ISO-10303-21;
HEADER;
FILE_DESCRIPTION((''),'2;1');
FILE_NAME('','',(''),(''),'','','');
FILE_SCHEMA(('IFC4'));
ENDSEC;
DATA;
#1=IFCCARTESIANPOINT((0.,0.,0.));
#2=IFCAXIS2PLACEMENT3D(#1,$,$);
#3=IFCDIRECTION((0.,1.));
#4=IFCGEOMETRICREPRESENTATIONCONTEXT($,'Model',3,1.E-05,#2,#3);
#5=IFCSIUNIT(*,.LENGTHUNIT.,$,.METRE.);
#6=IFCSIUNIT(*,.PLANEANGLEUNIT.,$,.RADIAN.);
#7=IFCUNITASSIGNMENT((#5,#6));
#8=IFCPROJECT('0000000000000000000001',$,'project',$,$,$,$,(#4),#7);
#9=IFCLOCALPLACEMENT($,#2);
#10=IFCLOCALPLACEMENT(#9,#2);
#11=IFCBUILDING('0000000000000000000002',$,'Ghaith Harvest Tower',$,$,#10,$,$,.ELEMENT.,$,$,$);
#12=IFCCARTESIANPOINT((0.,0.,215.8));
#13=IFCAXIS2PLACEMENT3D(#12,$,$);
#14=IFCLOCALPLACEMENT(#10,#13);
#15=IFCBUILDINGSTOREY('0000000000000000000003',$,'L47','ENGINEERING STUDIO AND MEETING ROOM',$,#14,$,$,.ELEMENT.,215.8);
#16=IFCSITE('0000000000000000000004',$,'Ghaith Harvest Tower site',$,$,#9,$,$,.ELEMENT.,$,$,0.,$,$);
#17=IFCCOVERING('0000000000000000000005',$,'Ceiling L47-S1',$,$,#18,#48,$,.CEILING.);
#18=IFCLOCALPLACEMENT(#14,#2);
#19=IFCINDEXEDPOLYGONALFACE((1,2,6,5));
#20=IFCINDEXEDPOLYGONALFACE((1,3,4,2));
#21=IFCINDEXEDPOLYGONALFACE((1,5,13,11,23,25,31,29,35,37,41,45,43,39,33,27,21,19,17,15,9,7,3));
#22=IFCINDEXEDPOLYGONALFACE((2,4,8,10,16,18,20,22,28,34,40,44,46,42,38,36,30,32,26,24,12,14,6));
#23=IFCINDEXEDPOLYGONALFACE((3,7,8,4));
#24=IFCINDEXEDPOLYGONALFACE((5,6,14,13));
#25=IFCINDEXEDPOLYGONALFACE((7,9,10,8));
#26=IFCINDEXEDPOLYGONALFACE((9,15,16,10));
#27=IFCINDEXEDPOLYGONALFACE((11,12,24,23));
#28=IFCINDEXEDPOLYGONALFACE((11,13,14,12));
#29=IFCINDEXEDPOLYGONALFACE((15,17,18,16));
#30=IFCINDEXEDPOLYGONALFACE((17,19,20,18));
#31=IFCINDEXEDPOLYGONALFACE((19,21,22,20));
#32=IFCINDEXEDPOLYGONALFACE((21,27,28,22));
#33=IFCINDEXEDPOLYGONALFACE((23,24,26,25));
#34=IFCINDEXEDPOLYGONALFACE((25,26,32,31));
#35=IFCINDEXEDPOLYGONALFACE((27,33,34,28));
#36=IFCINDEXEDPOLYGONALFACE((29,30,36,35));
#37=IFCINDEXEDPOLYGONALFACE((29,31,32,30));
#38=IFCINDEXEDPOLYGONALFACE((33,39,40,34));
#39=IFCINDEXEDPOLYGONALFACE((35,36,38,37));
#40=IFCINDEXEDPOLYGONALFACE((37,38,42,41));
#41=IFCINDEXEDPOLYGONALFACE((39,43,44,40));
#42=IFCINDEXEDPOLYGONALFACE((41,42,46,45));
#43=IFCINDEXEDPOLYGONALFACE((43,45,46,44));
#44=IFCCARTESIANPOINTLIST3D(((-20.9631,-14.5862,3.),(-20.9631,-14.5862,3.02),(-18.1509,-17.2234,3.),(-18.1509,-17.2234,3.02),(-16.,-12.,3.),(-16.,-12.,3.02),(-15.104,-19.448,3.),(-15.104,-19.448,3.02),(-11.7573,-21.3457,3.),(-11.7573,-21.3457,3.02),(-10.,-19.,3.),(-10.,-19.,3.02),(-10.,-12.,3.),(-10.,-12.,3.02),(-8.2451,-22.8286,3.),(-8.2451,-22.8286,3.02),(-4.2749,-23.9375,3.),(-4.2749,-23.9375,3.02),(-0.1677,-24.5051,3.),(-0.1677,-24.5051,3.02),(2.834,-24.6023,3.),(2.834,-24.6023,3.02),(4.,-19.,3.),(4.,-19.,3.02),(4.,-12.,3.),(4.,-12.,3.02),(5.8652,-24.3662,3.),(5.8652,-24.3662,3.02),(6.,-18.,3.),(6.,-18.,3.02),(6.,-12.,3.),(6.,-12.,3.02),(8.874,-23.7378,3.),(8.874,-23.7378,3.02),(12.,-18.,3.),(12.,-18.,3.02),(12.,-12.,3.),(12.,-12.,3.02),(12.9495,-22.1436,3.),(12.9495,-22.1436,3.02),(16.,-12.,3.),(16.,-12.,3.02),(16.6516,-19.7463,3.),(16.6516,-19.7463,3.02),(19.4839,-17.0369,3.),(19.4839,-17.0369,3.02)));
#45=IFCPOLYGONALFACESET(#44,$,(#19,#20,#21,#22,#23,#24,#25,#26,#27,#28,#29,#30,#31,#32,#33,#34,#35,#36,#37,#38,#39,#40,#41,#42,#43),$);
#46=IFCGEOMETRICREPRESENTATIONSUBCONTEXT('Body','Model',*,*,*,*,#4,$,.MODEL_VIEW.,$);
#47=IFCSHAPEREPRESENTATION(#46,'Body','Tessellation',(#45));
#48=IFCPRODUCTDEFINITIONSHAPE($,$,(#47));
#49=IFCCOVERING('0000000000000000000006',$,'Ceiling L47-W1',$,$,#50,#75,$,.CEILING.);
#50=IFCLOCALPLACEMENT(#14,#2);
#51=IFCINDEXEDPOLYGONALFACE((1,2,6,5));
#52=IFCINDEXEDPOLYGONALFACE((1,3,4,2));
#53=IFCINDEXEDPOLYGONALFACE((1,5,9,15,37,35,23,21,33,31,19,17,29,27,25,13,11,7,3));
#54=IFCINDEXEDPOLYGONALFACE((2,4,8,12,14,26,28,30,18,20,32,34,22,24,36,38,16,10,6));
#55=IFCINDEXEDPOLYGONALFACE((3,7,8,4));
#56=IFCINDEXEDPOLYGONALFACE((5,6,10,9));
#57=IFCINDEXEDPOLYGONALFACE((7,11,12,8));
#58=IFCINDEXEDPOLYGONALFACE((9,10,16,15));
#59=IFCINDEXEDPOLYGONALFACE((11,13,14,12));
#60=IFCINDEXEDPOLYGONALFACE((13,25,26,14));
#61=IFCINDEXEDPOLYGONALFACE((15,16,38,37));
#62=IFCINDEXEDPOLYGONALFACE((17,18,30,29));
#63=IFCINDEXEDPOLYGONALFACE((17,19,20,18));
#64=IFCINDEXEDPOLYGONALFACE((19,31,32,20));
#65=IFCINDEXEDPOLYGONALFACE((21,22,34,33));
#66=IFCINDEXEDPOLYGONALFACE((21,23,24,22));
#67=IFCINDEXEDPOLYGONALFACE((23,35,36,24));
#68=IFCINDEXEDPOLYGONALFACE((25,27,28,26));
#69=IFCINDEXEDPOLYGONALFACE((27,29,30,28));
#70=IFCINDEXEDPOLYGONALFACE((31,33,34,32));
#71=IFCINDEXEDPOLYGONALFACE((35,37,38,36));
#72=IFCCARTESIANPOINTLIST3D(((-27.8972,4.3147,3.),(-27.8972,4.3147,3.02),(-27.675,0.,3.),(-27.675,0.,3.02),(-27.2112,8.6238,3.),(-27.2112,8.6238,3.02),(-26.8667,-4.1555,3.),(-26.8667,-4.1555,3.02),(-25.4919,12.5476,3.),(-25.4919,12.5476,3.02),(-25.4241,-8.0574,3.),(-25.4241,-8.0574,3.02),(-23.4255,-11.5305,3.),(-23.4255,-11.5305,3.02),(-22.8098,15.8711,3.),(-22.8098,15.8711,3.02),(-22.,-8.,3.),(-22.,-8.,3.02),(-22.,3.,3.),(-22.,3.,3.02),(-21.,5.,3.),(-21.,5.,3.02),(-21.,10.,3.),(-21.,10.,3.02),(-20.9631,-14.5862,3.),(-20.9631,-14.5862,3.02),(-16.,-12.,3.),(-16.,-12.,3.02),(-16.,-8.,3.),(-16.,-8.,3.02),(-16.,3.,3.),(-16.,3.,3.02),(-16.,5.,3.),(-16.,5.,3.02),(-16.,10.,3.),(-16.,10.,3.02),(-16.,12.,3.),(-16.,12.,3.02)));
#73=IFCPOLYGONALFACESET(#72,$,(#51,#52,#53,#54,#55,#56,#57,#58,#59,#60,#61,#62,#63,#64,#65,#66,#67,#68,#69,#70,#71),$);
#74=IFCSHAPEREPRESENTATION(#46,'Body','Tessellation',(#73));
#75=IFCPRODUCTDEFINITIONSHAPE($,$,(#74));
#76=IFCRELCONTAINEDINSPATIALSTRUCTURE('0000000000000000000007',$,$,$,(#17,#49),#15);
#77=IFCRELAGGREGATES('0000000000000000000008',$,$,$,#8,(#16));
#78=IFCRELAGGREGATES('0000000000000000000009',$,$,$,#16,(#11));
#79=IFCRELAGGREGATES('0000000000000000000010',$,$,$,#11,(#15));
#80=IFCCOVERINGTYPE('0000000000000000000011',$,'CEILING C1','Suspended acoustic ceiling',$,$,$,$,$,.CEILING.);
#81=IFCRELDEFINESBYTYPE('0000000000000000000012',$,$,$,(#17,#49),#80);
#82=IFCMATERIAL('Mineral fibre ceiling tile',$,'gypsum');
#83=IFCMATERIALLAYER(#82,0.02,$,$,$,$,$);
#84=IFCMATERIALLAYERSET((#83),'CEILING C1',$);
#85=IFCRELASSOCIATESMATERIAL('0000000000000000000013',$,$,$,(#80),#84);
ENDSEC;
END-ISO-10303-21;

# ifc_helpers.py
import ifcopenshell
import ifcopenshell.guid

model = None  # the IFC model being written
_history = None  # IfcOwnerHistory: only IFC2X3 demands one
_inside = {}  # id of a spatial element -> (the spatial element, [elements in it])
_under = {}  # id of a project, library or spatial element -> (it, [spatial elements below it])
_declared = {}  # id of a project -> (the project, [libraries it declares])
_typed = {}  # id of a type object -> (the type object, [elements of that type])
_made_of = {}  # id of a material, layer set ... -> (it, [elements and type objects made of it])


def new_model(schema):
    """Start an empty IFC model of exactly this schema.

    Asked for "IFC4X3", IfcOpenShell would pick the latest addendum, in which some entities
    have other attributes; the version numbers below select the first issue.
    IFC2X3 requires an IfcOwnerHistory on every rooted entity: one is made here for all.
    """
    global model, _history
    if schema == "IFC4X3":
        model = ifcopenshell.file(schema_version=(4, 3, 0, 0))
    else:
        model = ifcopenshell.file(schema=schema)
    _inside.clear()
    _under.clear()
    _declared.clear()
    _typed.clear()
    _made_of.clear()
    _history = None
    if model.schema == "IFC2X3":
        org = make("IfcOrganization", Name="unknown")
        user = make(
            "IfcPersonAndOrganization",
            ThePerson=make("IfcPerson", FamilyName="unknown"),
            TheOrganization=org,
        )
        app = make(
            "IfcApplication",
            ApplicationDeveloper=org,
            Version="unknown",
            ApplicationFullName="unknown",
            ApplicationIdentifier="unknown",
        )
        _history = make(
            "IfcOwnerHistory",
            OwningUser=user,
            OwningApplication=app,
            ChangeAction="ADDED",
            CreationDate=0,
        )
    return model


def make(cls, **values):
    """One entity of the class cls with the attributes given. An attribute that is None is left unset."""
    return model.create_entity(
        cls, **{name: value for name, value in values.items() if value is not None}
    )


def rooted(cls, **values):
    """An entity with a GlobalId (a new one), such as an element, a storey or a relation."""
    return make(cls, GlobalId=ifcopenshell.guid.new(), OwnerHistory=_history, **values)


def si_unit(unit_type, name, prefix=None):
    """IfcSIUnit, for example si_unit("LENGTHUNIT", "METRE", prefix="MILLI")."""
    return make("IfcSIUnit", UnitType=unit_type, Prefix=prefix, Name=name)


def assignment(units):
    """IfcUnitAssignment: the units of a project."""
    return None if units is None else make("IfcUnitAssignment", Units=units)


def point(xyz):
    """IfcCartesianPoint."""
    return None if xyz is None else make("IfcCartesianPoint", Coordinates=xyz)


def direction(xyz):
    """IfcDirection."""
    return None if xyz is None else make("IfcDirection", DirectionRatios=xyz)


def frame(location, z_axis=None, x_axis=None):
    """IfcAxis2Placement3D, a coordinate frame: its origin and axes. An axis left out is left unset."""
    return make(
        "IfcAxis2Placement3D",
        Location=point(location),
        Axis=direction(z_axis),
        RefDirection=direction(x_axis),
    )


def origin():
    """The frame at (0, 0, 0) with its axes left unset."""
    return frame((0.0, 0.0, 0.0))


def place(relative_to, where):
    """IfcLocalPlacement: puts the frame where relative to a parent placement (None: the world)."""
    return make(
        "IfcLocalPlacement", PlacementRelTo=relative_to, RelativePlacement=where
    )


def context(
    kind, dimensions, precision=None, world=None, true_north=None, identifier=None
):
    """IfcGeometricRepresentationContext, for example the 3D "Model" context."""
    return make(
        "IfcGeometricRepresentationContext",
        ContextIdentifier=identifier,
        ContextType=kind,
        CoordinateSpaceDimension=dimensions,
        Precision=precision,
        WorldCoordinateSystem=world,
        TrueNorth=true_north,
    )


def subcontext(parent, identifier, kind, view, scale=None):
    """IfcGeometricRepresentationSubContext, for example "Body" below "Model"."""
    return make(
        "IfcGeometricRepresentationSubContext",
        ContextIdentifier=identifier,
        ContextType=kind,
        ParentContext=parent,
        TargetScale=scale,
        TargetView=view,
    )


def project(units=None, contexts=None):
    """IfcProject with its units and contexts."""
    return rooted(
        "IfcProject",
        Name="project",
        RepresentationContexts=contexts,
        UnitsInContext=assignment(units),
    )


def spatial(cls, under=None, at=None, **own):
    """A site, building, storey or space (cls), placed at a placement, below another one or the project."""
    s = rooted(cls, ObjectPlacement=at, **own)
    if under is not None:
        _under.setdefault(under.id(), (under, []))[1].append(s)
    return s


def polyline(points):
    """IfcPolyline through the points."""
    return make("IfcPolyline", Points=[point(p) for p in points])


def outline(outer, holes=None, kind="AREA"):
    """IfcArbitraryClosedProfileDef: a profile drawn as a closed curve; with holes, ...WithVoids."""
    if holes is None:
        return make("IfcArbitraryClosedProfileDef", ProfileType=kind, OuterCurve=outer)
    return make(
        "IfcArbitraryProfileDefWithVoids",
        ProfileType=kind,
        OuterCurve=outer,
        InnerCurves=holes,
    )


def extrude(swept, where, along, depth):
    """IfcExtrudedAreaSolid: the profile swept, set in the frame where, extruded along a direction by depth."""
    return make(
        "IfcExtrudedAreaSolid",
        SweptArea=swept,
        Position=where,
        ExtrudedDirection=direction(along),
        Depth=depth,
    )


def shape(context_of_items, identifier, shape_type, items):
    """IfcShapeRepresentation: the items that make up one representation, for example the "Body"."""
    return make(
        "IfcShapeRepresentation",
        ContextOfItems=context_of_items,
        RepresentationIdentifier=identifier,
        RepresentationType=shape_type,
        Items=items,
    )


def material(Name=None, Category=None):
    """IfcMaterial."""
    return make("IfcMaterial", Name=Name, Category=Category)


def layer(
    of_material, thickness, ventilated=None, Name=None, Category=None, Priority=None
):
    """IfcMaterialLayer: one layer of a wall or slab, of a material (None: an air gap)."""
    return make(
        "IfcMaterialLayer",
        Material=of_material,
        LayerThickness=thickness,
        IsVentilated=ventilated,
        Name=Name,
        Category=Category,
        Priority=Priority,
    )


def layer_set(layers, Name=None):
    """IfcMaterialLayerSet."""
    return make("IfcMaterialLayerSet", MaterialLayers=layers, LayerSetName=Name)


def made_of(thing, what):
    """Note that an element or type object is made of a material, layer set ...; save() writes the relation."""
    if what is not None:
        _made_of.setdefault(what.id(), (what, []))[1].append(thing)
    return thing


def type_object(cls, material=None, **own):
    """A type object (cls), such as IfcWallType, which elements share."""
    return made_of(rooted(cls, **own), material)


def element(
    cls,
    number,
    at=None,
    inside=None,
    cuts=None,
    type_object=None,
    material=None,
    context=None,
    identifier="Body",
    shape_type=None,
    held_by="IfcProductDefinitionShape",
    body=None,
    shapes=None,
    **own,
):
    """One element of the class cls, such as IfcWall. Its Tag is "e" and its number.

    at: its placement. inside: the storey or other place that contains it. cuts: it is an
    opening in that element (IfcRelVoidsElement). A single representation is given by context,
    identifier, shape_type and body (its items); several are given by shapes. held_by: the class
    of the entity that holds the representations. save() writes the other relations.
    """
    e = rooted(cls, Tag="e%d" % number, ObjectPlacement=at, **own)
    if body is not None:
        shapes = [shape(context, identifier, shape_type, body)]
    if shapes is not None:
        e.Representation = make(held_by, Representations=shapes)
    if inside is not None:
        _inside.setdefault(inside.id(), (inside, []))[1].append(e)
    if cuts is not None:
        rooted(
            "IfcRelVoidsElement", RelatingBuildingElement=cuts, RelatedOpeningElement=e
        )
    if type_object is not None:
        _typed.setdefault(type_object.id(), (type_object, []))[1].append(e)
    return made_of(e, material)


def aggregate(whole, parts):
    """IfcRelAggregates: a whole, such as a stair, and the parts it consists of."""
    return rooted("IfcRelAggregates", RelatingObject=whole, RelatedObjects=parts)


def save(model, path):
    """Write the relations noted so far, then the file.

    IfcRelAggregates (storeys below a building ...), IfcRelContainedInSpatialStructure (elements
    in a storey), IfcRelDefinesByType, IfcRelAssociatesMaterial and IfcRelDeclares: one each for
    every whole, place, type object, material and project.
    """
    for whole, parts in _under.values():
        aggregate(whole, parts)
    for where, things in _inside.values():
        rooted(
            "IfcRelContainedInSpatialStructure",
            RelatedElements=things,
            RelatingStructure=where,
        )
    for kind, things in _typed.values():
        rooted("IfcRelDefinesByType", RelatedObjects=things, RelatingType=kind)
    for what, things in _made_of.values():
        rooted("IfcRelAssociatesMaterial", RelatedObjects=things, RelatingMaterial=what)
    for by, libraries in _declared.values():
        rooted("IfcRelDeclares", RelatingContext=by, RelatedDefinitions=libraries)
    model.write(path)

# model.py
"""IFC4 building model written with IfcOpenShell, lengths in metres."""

from ifc_helpers import new_model, si_unit, direction, frame, origin, place, context, subcontext, project, spatial, polyline, outline, extrude, material, layer, layer_set, type_object, element, save


model = new_model("IFC4")

# Units and contexts
model_context = context("Model", 3, precision=1e-05, world=origin(), true_north=direction((0.0, 1.0)))
body_context = subcontext(model_context, "Body", "Model", "MODEL_VIEW")
ifc_project = project(units=[si_unit("LENGTHUNIT", "METRE"), si_unit("PLANEANGLEUNIT", "RADIAN")], contexts=[model_context])

# Site, building, storey
site_placement = place(None, origin())
site = spatial("IfcSite", under=ifc_project, at=site_placement, Name="Ghaith Harvest Tower site", CompositionType="ELEMENT", RefElevation=0.0)
building_placement = place(site_placement, origin())
building = spatial("IfcBuilding", under=site, at=building_placement, Name="Ghaith Harvest Tower", CompositionType="ELEMENT")
storey_placement = place(building_placement, frame((0.0, 0.0, 215.8)))
storey = spatial("IfcBuildingStorey", under=building, at=storey_placement, Name="L47", Description="ENGINEERING STUDIO AND MEETING ROOM", CompositionType="ELEMENT", Elevation=215.8)

# Coverings
ifc_material_1 = material(Name="Mineral fibre ceiling tile", Category="gypsum")
ifc_layer_1 = layer(ifc_material_1, 0.02)
ifc_layer_set_1 = layer_set([ifc_layer_1], Name="CEILING C1")
covering_type = type_object("IfcCoveringType", Name="CEILING C1", Description="Suspended acoustic ceiling", PredefinedType="CEILING", material=ifc_layer_set_1)
covering_1_placement = place(storey_placement, frame((0.0, 0.0, 3.0)))
element("IfcCovering", 1, at=covering_1_placement, inside=storey, type_object=covering_type, Name="Ceiling L47-S1", PredefinedType="CEILING", context=body_context, shape_type="SweptSolid", body=[
    extrude(outline(polyline([(16.6516, -19.7463), (12.9495, -22.1436), (8.874, -23.7378), (5.8652, -24.3662), (2.834, -24.6023), (-0.1677, -24.5051), (-4.2749, -23.9375), (-8.2451, -22.8286), (-11.7573, -21.3457), (-15.104, -19.448), (-18.1509, -17.2234), (-20.9631, -14.5862), (-16.0, -12.0), (-10.0, -12.0), (-10.0, -19.0), (4.0, -19.0), (4.0, -12.0), (6.0, -12.0), (6.0, -18.0), (12.0, -18.0), (12.0, -12.0), (16.0, -12.0), (19.4839, -17.0369), (16.6516, -19.7463)])), origin(), (0.0, 0.0, 1.0), 0.02),
])
covering_2_placement = place(storey_placement, frame((0.0, 0.0, 3.0)))
element("IfcCovering", 2, at=covering_2_placement, inside=storey, type_object=covering_type, Name="Ceiling L47-W1", PredefinedType="CEILING", context=body_context, shape_type="SweptSolid", body=[
    extrude(outline(polyline([(-23.4255, -11.5305), (-25.4241, -8.0574), (-26.8667, -4.1555), (-27.675, 0.0), (-27.8972, 4.3147), (-27.2112, 8.6238), (-25.4919, 12.5476), (-22.8098, 15.8711), (-16.0, 12.0), (-16.0, 10.0), (-21.0, 10.0), (-21.0, 5.0), (-16.0, 5.0), (-16.0, 3.0), (-22.0, 3.0), (-22.0, -8.0), (-16.0, -8.0), (-16.0, -12.0), (-20.9631, -14.5862), (-23.4255, -11.5305)])), origin(), (0.0, 0.0, 1.0), 0.02),
])

save(model, "model.ifc")
